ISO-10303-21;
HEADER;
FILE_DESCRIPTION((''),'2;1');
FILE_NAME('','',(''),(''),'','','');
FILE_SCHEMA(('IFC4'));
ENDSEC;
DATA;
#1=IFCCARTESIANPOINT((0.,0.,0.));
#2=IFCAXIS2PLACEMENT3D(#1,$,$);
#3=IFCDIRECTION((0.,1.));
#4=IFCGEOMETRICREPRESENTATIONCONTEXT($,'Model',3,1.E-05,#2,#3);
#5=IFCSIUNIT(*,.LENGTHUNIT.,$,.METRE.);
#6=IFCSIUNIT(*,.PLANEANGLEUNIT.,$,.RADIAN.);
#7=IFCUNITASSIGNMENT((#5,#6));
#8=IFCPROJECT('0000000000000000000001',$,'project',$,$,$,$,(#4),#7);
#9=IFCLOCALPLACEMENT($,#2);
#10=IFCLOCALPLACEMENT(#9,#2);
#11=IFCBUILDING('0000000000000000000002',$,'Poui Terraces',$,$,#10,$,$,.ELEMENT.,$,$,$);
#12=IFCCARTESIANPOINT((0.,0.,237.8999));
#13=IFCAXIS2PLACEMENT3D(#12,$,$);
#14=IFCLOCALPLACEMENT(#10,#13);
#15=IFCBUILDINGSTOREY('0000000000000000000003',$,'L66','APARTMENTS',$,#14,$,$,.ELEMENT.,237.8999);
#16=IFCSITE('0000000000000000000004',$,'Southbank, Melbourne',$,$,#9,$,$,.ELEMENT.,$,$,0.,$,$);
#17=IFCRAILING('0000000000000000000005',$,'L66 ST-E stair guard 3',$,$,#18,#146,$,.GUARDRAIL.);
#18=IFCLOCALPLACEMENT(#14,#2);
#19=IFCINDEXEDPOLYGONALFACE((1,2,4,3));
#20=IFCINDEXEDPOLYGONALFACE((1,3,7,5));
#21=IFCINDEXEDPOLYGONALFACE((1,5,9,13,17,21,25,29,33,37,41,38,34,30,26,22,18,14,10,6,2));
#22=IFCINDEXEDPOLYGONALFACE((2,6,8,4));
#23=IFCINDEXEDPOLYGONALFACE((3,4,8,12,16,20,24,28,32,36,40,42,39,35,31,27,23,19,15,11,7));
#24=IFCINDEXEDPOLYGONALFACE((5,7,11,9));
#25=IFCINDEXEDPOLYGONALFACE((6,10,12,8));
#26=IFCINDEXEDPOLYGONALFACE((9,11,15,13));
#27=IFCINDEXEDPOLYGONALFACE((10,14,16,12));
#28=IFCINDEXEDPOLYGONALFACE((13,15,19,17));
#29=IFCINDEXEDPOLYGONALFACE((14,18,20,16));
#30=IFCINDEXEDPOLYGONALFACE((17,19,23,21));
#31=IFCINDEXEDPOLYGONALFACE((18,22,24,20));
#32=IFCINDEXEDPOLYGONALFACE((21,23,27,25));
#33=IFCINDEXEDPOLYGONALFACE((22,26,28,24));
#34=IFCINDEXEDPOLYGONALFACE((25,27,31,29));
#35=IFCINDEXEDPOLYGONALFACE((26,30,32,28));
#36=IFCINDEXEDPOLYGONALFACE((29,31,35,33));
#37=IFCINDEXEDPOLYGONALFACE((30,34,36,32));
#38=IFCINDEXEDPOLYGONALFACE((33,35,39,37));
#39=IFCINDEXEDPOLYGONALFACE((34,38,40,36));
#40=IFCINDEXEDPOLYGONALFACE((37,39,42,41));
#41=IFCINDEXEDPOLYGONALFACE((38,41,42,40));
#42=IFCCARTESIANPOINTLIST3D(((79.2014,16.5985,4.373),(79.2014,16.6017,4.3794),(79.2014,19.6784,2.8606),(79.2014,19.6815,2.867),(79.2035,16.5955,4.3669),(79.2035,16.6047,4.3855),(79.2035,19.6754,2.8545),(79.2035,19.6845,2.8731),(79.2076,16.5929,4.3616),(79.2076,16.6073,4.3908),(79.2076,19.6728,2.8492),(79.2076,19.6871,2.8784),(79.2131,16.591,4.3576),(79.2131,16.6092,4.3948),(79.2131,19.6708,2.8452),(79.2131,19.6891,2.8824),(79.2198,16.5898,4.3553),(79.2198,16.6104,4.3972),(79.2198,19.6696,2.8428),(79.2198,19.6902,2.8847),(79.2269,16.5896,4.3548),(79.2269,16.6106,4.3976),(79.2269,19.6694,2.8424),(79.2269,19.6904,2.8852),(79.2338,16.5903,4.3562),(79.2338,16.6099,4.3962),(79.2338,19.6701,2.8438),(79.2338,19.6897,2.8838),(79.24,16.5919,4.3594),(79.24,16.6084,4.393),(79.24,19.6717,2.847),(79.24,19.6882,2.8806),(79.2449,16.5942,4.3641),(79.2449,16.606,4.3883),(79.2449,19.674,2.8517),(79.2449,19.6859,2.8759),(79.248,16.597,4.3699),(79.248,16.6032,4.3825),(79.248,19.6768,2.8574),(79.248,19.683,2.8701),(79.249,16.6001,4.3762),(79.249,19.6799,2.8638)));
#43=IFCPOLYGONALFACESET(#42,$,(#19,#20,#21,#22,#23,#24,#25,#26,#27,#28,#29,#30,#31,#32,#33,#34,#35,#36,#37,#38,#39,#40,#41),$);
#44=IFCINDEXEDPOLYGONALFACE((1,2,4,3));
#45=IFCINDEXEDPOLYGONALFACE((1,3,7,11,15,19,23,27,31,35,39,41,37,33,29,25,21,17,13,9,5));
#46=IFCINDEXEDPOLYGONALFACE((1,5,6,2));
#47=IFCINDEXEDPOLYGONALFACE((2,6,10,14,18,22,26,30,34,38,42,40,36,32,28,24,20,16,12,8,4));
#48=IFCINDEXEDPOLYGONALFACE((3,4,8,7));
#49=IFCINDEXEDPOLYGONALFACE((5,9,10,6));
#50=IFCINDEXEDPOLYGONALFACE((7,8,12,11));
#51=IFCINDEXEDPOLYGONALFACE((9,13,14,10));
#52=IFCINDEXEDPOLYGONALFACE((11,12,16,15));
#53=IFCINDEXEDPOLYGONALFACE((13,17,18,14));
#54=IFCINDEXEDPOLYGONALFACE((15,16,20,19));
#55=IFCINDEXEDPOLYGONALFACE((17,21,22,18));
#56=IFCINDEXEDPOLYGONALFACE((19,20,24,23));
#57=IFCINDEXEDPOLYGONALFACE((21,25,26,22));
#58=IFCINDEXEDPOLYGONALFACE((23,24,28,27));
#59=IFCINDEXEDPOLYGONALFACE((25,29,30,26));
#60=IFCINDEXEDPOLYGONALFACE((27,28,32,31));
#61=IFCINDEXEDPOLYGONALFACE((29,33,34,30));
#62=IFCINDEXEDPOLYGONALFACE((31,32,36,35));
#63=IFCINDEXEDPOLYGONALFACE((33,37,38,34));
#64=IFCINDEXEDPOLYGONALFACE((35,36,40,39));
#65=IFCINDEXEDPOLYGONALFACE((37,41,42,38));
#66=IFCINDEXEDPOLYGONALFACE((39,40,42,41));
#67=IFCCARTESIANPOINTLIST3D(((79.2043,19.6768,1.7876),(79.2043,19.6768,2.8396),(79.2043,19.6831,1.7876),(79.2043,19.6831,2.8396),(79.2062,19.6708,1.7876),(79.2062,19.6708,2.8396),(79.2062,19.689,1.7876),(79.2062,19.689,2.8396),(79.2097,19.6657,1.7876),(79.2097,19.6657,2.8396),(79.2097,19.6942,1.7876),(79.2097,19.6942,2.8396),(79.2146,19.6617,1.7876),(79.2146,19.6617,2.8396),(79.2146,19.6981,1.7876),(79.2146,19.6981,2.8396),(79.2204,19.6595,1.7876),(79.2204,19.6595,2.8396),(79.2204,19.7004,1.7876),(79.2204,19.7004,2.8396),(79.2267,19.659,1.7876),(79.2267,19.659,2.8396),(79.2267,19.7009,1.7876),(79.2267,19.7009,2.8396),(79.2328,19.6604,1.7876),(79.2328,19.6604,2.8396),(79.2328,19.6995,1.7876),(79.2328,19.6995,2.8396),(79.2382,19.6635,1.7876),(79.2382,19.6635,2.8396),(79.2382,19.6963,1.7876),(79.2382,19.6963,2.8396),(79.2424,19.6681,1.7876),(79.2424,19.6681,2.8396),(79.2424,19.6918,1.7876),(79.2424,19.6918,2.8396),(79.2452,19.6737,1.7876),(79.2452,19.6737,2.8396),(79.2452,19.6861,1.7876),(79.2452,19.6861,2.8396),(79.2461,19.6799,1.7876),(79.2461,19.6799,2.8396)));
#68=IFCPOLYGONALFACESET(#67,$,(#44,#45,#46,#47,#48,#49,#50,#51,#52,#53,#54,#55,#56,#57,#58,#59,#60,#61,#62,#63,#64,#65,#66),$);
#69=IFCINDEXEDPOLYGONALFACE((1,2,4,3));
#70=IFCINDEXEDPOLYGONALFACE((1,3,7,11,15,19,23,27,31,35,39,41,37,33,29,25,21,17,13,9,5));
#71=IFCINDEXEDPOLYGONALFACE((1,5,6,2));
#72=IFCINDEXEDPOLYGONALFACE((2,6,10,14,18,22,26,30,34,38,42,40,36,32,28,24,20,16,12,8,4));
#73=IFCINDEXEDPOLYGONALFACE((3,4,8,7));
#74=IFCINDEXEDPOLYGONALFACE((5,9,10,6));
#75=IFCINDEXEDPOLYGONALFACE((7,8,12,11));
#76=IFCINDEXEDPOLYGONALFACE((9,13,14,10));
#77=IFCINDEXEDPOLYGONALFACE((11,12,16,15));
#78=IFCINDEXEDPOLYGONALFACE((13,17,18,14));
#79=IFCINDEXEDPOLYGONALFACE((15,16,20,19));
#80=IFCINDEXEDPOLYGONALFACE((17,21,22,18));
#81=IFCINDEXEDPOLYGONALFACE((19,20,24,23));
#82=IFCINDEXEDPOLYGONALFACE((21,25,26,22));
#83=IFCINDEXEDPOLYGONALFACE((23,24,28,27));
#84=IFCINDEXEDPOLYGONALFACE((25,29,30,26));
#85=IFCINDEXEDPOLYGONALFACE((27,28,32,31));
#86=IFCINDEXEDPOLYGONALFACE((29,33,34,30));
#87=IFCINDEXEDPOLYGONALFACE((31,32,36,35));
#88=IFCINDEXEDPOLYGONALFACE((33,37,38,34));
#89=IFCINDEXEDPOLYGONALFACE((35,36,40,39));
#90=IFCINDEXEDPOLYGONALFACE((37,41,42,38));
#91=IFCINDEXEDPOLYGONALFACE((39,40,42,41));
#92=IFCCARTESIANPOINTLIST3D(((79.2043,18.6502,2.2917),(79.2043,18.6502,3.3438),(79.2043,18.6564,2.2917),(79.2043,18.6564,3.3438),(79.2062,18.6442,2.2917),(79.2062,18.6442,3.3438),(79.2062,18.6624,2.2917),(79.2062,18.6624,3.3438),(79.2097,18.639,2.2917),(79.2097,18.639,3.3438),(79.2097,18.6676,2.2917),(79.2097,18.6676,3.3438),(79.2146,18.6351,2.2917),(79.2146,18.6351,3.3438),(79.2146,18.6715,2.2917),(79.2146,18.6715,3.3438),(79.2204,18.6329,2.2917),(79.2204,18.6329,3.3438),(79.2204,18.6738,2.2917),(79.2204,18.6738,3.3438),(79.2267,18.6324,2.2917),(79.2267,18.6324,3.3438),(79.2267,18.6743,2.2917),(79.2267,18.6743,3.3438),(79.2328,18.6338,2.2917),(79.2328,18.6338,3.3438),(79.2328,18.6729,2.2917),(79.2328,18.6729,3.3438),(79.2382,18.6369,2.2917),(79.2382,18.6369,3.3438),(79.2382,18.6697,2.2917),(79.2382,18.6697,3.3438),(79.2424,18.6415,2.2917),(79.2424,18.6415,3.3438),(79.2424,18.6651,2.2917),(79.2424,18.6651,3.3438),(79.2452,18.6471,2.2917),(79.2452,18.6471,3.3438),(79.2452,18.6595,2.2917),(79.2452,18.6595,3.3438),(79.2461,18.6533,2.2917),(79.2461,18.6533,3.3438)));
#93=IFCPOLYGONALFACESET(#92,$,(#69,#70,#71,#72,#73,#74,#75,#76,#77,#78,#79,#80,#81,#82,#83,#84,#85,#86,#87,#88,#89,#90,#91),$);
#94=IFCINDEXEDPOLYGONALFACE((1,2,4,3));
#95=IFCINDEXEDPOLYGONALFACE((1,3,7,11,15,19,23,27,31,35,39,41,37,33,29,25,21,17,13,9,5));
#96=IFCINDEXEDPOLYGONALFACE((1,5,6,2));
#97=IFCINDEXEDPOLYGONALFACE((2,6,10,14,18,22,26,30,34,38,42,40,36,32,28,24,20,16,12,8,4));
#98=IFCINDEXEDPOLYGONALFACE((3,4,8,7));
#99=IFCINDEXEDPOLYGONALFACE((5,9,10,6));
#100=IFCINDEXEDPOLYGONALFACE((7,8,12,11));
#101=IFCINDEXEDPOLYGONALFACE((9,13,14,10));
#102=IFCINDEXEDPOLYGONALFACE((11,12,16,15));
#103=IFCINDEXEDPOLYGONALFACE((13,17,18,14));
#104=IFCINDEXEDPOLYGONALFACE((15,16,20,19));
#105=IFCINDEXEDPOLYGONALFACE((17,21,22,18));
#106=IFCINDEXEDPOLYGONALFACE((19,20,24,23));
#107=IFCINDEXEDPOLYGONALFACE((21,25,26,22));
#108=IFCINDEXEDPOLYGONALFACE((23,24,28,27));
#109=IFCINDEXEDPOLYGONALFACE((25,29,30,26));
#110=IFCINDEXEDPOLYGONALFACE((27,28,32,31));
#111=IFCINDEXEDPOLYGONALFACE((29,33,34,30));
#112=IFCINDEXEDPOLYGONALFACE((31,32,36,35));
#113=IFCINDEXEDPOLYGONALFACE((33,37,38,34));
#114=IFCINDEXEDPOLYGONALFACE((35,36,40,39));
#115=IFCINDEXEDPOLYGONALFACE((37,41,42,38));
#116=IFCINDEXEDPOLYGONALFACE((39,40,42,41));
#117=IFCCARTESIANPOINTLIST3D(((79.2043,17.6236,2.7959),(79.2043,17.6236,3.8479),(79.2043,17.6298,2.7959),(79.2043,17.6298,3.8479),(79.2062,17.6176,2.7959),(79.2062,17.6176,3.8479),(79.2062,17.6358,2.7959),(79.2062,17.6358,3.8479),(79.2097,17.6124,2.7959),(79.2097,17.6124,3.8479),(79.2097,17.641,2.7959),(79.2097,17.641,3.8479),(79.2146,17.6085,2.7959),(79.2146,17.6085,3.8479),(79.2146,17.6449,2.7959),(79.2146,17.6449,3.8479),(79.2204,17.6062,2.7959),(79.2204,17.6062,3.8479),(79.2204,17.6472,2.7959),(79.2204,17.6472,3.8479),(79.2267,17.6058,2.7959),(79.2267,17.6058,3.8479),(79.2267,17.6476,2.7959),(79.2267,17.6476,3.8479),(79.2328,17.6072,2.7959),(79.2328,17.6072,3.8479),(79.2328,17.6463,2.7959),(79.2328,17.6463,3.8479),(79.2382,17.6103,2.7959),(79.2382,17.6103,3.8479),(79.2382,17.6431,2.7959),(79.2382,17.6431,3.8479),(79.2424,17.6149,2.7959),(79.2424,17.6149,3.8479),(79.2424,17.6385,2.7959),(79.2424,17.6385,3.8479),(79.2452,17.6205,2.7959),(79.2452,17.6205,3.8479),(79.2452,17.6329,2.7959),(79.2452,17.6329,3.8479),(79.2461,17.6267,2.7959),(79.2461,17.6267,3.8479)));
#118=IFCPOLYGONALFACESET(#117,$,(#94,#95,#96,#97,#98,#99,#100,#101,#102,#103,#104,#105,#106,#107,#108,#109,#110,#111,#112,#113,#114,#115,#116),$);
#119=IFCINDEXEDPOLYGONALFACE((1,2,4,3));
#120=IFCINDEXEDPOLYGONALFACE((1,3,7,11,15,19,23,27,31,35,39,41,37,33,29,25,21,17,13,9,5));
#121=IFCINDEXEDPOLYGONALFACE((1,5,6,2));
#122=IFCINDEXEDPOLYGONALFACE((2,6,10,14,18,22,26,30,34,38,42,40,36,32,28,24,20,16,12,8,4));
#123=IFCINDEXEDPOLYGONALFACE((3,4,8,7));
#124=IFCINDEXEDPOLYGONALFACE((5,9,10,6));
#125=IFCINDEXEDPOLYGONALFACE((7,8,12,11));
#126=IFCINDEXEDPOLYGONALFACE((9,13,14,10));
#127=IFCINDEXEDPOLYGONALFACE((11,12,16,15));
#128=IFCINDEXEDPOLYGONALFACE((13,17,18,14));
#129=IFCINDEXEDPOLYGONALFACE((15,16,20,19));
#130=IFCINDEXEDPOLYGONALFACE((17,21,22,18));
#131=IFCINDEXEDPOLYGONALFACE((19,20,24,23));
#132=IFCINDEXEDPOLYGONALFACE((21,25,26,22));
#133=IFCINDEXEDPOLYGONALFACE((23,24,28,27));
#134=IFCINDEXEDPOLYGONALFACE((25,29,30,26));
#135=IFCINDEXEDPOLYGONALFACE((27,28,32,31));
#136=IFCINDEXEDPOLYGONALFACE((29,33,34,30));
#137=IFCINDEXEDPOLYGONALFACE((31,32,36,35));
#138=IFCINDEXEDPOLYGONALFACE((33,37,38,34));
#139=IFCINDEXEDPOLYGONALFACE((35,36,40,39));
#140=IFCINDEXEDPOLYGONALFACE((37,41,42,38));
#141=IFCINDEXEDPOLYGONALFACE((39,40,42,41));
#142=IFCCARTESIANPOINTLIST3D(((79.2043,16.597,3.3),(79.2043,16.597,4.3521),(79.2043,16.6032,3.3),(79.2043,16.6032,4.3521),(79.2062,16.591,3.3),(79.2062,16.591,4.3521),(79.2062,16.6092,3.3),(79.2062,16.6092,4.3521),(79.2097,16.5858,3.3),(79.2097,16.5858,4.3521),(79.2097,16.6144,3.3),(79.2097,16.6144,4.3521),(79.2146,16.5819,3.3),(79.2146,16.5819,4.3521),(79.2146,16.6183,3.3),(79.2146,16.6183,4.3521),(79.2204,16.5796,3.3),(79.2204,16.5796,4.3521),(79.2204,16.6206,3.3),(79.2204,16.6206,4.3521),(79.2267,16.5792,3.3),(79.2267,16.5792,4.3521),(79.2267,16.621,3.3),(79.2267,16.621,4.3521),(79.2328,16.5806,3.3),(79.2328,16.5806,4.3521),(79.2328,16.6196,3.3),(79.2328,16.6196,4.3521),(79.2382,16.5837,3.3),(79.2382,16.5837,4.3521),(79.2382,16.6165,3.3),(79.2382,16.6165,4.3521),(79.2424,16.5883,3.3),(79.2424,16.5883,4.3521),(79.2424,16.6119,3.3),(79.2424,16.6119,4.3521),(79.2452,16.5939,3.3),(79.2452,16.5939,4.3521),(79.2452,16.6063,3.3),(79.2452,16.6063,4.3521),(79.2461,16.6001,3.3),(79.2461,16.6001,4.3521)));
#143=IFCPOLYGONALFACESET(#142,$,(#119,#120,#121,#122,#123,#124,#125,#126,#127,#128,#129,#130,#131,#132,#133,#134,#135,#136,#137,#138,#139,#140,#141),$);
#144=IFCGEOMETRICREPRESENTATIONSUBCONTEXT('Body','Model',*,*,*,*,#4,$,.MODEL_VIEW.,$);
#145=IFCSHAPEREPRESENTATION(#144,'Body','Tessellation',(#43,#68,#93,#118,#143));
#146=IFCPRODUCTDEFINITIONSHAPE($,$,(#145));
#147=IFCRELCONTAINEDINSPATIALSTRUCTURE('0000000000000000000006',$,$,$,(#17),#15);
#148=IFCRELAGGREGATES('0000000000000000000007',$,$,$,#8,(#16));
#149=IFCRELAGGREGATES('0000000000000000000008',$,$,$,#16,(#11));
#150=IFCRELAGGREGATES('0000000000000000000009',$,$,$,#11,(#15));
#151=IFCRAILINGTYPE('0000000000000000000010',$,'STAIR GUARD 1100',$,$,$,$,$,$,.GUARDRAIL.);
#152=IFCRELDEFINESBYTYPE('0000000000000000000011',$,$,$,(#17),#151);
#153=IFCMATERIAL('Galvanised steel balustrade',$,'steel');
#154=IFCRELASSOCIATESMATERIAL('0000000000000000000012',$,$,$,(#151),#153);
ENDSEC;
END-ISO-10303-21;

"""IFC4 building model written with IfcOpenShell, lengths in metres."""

from ifc_helpers import new_model, si_unit, direction, frame, origin, origin_2d, place, context, subcontext, project, spatial, circle, extrude, material, type_object, element, save


model = new_model("IFC4")

# Units and contexts
model_context = context("Model", 3, precision=1e-05, world=origin(), true_north=direction((0.0, 1.0)))
body_context = subcontext(model_context, "Body", "Model", "MODEL_VIEW")
ifc_project = project(units=[si_unit("LENGTHUNIT", "METRE"), si_unit("PLANEANGLEUNIT", "RADIAN")], contexts=[model_context])

# Site, building, storey
site_placement = place(None, origin())
site = spatial("IfcSite", under=ifc_project, at=site_placement, Name="Southbank, Melbourne", CompositionType="ELEMENT", RefElevation=0.0)
building_placement = place(site_placement, origin())
building = spatial("IfcBuilding", under=site, at=building_placement, Name="Poui Terraces", CompositionType="ELEMENT")
storey_placement = place(building_placement, frame((0.0, 0.0, 237.8999)))
storey = spatial("IfcBuildingStorey", under=building, at=storey_placement, Name="L66", Description="APARTMENTS", CompositionType="ELEMENT", Elevation=237.8999)

# Railing
ifc_material_1 = material(Name="Galvanised steel balustrade", Category="steel")
railing_type_1 = type_object("IfcRailingType", Name="STAIR GUARD 1100", PredefinedType="GUARDRAIL", material=ifc_material_1)
railing_1_placement = place(storey_placement, frame((79.2251, 19.6799, 1.7876)))
element("IfcRailing", 1, at=railing_1_placement, inside=storey, type_object=railing_type_1, Name="L66 ST-E stair guard 3", PredefinedType="GUARDRAIL", context=body_context, shape_type="SweptSolid", body=[
    extrude(circle(Radius=0.0239, at=origin_2d()), frame((0.0, 0.0, 1.0762), z_axis=(0.0, -0.897606, 0.440798), x_axis=(1.0, 0.0, 0.0)), (0.0, 0.0, 1.0), 3.4312),
    extrude(circle(Radius=0.021, at=origin_2d()), origin(), (0.0, 0.0, 1.0), 1.052),
    extrude(circle(Radius=0.021, at=origin_2d()), frame((0.0, -1.0266, 0.5042)), (0.0, 0.0, 1.0), 1.052),
    extrude(circle(Radius=0.021, at=origin_2d()), frame((0.0, -2.0532, 1.0083)), (0.0, 0.0, 1.0), 1.052),
    extrude(circle(Radius=0.021, at=origin_2d()), frame((0.0, -3.0798, 1.5125)), (0.0, 0.0, 1.0), 1.052),
])

save(model, "model.ifc")
